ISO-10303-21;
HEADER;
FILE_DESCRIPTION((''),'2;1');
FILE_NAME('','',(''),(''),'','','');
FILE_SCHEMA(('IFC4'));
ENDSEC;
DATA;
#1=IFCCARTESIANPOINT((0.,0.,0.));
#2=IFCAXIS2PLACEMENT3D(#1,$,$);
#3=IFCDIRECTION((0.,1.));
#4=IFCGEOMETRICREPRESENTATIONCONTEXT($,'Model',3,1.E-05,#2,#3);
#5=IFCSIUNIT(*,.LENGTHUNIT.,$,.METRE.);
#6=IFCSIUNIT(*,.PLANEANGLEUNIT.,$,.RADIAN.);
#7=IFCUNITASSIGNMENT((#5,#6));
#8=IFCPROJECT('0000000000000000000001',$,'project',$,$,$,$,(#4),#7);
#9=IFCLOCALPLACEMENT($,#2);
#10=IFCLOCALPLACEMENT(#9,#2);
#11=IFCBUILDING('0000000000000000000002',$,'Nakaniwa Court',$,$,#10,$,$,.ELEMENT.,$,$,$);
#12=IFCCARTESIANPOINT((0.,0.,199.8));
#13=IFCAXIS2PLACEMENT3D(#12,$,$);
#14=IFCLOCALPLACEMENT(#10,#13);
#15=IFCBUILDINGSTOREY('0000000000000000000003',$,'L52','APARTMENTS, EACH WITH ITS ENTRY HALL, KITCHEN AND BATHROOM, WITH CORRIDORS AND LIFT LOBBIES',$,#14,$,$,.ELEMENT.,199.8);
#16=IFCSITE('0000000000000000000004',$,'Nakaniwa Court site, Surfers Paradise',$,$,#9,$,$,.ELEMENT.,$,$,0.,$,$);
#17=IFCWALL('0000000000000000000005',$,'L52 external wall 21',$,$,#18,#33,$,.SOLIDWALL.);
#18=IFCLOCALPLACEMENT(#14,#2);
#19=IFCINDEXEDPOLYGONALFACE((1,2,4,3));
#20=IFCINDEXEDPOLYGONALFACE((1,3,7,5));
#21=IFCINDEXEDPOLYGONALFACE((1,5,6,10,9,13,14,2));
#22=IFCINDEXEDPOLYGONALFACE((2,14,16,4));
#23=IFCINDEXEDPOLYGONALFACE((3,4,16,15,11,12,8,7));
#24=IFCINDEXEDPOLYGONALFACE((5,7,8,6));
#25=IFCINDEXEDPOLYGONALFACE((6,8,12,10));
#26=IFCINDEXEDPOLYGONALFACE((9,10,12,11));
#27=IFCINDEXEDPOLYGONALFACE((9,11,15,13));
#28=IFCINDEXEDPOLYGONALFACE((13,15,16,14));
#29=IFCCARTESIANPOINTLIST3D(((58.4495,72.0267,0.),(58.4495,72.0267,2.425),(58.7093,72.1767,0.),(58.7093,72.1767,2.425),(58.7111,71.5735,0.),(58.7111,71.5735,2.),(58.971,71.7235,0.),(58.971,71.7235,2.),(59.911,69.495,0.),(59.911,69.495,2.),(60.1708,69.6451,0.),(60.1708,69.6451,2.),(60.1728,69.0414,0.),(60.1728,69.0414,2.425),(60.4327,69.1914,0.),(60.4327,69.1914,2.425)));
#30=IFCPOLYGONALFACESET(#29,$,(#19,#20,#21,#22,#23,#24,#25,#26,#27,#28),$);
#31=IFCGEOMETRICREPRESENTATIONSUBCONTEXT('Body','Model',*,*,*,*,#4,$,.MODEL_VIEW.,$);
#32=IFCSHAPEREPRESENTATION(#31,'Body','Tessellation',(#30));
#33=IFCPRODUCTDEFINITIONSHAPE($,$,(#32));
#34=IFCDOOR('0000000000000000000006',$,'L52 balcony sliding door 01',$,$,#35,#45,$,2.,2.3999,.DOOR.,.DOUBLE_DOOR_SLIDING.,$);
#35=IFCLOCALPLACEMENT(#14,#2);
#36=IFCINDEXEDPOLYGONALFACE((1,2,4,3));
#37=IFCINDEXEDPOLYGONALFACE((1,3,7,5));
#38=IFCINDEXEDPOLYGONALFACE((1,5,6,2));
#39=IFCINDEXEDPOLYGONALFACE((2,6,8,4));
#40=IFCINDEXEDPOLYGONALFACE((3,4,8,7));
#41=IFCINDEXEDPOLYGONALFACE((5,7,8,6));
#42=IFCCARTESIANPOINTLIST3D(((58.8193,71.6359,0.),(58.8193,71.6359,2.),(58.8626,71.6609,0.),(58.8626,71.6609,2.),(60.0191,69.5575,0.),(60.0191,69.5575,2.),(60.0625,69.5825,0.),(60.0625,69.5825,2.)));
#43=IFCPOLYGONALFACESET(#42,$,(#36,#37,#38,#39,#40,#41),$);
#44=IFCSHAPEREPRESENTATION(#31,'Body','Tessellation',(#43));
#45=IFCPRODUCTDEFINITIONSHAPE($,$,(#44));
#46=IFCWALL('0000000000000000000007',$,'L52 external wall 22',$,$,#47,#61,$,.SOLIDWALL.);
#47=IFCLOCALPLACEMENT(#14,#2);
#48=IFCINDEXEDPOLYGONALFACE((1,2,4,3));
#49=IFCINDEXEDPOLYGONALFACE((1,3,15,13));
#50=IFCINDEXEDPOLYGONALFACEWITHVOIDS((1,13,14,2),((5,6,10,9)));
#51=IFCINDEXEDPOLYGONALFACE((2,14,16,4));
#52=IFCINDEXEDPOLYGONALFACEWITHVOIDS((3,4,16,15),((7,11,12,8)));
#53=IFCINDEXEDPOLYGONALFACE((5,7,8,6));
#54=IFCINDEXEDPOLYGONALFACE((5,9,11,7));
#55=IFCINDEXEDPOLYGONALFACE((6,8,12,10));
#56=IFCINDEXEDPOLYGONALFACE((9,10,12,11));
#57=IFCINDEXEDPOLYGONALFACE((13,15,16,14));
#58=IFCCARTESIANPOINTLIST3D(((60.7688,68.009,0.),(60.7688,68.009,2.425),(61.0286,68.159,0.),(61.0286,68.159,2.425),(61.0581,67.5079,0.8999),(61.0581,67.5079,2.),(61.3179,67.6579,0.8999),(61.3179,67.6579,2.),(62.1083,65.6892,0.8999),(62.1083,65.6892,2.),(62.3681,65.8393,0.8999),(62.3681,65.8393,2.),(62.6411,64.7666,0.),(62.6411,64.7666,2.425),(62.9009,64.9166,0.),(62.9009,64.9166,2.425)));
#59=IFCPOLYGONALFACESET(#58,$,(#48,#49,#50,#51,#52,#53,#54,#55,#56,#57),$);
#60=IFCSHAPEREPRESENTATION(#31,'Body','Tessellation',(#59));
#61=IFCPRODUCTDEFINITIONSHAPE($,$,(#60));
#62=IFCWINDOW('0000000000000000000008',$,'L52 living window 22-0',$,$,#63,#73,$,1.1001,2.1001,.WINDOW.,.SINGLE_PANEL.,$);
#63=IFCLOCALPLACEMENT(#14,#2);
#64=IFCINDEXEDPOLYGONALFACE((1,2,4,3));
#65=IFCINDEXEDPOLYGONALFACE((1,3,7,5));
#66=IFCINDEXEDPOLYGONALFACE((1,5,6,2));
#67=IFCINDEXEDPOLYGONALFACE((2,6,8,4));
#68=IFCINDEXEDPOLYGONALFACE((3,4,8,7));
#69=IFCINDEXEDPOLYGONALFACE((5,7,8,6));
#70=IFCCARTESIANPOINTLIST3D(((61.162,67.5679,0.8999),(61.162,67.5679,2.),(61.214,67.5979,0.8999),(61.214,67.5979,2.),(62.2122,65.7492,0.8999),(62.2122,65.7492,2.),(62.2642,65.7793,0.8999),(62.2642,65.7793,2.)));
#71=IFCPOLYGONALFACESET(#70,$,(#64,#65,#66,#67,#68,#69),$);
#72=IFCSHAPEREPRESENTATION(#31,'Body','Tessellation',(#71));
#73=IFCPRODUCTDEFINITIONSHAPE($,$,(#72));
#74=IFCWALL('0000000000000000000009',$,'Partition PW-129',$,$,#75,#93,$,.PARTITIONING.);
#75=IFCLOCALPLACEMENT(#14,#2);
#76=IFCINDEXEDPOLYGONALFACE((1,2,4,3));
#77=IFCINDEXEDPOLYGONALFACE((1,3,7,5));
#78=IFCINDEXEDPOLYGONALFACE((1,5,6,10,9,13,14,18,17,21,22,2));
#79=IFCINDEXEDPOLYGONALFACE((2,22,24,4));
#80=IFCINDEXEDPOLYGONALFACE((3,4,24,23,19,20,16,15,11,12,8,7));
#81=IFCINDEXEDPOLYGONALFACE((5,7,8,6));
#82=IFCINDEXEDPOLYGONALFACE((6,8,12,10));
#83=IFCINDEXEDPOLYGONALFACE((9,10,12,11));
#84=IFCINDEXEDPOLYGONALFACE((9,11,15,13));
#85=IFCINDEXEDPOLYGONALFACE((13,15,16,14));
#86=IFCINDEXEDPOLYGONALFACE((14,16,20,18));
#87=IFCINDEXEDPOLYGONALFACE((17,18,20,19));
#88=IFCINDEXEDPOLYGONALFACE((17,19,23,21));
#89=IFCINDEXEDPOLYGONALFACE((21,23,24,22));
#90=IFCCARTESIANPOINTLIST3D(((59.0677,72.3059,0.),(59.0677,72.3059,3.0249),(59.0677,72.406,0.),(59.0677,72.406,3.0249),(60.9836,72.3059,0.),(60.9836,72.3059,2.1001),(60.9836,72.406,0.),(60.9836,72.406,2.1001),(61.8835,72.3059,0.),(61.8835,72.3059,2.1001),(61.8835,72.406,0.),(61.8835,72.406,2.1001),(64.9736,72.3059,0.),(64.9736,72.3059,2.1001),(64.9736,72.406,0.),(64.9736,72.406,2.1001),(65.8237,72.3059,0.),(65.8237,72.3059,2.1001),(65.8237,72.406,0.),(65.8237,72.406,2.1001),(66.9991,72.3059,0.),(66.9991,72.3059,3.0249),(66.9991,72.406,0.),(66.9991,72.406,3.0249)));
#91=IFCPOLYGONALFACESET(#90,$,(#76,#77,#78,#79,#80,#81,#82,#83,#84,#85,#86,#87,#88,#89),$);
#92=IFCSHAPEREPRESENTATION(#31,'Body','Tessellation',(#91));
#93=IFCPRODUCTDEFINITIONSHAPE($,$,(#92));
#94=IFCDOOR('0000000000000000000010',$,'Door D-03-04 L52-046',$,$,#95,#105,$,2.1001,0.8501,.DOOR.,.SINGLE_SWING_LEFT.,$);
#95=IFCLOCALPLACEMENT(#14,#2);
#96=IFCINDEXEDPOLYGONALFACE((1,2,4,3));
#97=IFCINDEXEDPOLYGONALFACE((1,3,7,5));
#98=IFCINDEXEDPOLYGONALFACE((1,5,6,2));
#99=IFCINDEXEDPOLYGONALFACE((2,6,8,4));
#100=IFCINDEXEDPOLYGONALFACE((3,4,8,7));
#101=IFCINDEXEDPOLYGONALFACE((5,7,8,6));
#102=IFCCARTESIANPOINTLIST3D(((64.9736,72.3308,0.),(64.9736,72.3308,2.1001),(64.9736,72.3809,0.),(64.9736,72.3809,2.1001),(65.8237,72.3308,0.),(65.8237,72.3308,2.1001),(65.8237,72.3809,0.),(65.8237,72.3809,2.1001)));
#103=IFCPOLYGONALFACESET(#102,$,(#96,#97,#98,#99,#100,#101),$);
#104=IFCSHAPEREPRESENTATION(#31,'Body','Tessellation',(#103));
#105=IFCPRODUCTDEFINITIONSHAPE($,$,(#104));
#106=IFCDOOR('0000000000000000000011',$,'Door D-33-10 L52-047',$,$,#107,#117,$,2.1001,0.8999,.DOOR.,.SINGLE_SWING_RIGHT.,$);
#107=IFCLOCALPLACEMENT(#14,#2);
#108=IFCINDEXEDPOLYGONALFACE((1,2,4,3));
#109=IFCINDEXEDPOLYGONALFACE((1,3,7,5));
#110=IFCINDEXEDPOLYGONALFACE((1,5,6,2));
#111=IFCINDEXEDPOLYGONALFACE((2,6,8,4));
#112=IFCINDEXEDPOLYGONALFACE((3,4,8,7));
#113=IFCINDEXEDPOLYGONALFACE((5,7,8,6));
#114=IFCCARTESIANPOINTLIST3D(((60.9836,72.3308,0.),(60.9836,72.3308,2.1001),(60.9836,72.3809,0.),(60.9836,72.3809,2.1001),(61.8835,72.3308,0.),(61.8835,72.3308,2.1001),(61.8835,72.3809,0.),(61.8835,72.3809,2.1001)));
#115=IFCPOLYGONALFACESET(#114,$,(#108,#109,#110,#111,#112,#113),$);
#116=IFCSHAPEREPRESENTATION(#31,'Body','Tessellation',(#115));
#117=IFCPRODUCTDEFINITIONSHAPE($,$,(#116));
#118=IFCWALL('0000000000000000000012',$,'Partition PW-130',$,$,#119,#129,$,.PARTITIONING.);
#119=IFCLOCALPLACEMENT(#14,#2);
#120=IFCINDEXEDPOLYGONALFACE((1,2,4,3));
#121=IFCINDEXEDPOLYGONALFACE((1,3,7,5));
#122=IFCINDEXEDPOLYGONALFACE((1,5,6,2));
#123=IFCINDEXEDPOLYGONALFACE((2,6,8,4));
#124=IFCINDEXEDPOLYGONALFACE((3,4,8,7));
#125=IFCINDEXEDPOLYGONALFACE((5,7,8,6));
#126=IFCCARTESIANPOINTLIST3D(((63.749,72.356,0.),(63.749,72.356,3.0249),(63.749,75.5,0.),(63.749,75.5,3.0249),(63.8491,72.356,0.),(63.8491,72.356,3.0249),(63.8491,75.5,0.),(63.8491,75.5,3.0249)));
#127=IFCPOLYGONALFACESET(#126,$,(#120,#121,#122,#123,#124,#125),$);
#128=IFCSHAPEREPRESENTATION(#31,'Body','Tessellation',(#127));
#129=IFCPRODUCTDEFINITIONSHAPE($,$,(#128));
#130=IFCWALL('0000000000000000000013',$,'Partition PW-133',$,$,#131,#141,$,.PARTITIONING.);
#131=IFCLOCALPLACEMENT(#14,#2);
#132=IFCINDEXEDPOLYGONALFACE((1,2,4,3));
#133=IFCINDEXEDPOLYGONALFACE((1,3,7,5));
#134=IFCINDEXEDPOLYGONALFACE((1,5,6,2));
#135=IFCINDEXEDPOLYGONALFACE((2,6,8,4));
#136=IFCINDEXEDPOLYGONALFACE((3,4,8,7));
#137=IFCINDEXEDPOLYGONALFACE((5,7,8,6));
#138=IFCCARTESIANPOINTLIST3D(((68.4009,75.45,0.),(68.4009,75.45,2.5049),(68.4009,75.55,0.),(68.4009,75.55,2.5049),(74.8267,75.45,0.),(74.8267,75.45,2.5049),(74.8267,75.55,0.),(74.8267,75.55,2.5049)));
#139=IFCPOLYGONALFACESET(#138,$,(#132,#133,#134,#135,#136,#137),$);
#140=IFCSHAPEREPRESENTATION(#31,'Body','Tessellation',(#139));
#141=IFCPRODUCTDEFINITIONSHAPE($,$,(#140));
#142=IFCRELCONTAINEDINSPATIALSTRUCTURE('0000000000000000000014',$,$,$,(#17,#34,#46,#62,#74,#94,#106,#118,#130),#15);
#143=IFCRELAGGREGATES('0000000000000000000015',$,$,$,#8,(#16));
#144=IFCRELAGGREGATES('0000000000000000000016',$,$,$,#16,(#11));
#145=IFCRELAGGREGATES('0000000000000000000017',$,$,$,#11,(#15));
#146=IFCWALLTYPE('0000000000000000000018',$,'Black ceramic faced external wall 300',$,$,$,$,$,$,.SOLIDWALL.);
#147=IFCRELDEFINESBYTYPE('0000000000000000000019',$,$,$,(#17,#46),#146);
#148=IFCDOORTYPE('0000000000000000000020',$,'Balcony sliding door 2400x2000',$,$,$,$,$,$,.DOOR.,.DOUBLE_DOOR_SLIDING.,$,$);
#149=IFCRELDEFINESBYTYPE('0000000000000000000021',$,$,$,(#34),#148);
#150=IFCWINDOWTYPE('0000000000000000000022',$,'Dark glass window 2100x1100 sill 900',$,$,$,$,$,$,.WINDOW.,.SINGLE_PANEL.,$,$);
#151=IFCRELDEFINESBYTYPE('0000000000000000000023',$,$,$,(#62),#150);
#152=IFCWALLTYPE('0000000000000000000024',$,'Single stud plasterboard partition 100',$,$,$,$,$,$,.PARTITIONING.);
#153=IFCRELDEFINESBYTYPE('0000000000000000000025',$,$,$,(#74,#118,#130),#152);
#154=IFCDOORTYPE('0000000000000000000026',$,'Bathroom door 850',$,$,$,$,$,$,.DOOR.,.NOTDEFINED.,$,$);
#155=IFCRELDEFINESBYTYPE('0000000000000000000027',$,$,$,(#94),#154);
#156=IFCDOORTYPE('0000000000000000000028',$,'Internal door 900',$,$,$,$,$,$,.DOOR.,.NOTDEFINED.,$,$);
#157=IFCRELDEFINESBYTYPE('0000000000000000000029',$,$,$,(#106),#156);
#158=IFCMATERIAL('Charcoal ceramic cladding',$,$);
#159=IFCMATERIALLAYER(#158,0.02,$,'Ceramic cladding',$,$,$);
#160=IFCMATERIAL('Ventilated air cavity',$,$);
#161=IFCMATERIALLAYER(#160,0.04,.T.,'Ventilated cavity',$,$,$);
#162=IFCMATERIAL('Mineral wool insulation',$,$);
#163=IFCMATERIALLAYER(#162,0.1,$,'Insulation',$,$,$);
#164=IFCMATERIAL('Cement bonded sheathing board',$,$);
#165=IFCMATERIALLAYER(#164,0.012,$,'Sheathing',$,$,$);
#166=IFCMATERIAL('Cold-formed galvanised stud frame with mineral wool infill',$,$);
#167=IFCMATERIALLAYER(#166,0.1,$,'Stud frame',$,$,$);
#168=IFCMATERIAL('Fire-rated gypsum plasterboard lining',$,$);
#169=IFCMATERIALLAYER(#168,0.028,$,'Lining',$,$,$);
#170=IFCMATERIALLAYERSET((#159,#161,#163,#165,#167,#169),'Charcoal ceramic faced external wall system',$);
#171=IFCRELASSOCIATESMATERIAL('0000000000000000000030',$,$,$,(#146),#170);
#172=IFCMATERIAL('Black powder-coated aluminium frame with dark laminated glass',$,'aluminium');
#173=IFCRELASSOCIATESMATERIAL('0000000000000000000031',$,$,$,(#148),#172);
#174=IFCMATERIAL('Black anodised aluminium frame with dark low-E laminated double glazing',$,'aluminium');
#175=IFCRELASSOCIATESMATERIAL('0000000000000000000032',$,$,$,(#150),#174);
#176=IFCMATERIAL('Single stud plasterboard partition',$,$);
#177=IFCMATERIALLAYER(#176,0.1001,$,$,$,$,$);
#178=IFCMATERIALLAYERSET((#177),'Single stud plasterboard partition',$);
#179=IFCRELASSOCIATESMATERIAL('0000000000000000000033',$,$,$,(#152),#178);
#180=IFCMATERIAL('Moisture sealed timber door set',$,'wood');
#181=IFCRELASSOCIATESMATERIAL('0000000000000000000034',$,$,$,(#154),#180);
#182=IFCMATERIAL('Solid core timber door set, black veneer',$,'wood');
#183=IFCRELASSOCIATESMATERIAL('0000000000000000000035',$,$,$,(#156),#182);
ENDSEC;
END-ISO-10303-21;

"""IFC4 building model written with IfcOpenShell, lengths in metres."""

from ifc_helpers import new_model, si_unit, direction, frame, frame_2d, origin, place, context, subcontext, project, spatial, rectangle, extrude, material, layer, layer_set, type_object, element, fill, save


model = new_model("IFC4")

# Units and contexts
model_context = context("Model", 3, precision=1e-05, world=origin(), true_north=direction((0.0, 1.0)))
body_context = subcontext(model_context, "Body", "Model", "MODEL_VIEW")
ifc_project = project(units=[si_unit("LENGTHUNIT", "METRE"), si_unit("PLANEANGLEUNIT", "RADIAN")], contexts=[model_context])

# Site, building, storey
site_placement = place(None, origin())
site = spatial("IfcSite", under=ifc_project, at=site_placement, Name="Nakaniwa Court site, Surfers Paradise", CompositionType="ELEMENT", RefElevation=0.0)
building_placement = place(site_placement, origin())
building = spatial("IfcBuilding", under=site, at=building_placement, Name="Nakaniwa Court", CompositionType="ELEMENT")
storey_placement = place(building_placement, frame((0.0, 0.0, 199.8)))
storey = spatial("IfcBuildingStorey", under=building, at=storey_placement, Name="L52", Description="APARTMENTS, EACH WITH ITS ENTRY HALL, KITCHEN AND BATHROOM, WITH CORRIDORS AND LIFT LOBBIES", CompositionType="ELEMENT", Elevation=199.8)

# Shared definitions
ifc_material_1 = material(Name="Solid core timber door set, black veneer", Category="wood")

# Wall, opening, door
ifc_material_2 = material(Name="Charcoal ceramic cladding")
ifc_layer_1 = layer(ifc_material_2, 0.02, Name="Ceramic cladding")
ifc_material_3 = material(Name="Ventilated air cavity")
ifc_layer_2 = layer(ifc_material_3, 0.04, ventilated=True, Name="Ventilated cavity")
ifc_material_4 = material(Name="Mineral wool insulation")
ifc_layer_3 = layer(ifc_material_4, 0.1, Name="Insulation")
ifc_material_5 = material(Name="Cement bonded sheathing board")
ifc_layer_4 = layer(ifc_material_5, 0.012, Name="Sheathing")
ifc_material_6 = material(Name="Cold-formed galvanised stud frame with mineral wool infill")
ifc_layer_5 = layer(ifc_material_6, 0.1, Name="Stud frame")
ifc_material_7 = material(Name="Fire-rated gypsum plasterboard lining")
ifc_layer_6 = layer(ifc_material_7, 0.028, Name="Lining")
ifc_layer_set_1 = layer_set([ifc_layer_1, ifc_layer_2, ifc_layer_3, ifc_layer_4, ifc_layer_5, ifc_layer_6], Name="Charcoal ceramic faced external wall system")
wall_type_1 = type_object("IfcWallType", Name="Black ceramic faced external wall 300", PredefinedType="SOLIDWALL", material=ifc_layer_set_1)
wall_1_placement = place(storey_placement, frame((58.5793, 72.1018, 0.0), z_axis=(0.0, 0.0, 1.0), x_axis=(0.499955, -0.866051, 0.0)))
wall_1 = element("IfcWall", 1, at=wall_1_placement, inside=storey, type_object=wall_type_1, Name="L52 external wall 21", PredefinedType="SOLIDWALL", context=body_context, shape_type="SweptSolid", body=[
    extrude(rectangle(XDim=3.447, YDim=0.3, at=frame_2d((1.7236, 0.0))), origin(), (0.0, 0.0, 1.0), 2.425),
])
opening_1_placement = place(wall_1_placement, frame((0.5234, 0.0, 0.0)))
opening_1 = element("IfcOpeningElement", 2, at=opening_1_placement, cuts=wall_1, PredefinedType="OPENING", context=body_context, shape_type="SweptSolid", body=[
    extrude(rectangle(XDim=2.3999, YDim=2.0, at=frame_2d((1.2, 1.0))), frame((0.0, 0.1599, 0.0), z_axis=(0.0, -1.0, 0.0), x_axis=(1.0, 0.0, 0.0)), (0.0, 0.0, 1.0), 0.3201),
])
ifc_material_8 = material(Name="Black powder-coated aluminium frame with dark laminated glass", Category="aluminium")
door_type_1 = type_object("IfcDoorType", Name="Balcony sliding door 2400x2000", OperationType="DOUBLE_DOOR_SLIDING", PredefinedType="DOOR", material=ifc_material_8)
door_1_placement = place(opening_1_placement, origin())
door_1 = element("IfcDoor", 3, at=door_1_placement, inside=storey, type_object=door_type_1, Name="L52 balcony sliding door 01", OperationType="DOUBLE_DOOR_SLIDING", OverallHeight=2.0, OverallWidth=2.3999, PredefinedType="DOOR", context=body_context, shape_type="SweptSolid", body=[
    extrude(rectangle(XDim=2.3999, YDim=2.0, at=frame_2d((1.2, 1.0))), frame((0.0, 0.0249, 0.0), z_axis=(0.0, -1.0, 0.0), x_axis=(1.0, 0.0, 0.0)), (0.0, 0.0, 1.0), 0.05),
])
fill(opening_1, door_1)

# Wall, opening, window
wall_2_placement = place(storey_placement, frame((60.8987, 68.084, 0.0), z_axis=(0.0, 0.0, 1.0), x_axis=(0.500059, -0.865991, 0.0)))
wall_2 = element("IfcWall", 4, at=wall_2_placement, inside=storey, type_object=wall_type_1, Name="L52 external wall 22", PredefinedType="SOLIDWALL", context=body_context, shape_type="SweptSolid", body=[
    extrude(rectangle(XDim=3.7441, YDim=0.3, at=frame_2d((1.8721, 0.0))), origin(), (0.0, 0.0, 1.0), 2.425),
])
opening_2_placement = place(wall_2_placement, frame((0.5786, 0.0, 0.8999)))
opening_2 = element("IfcOpeningElement", 5, at=opening_2_placement, cuts=wall_2, PredefinedType="OPENING", context=body_context, shape_type="SweptSolid", body=[
    extrude(rectangle(XDim=2.1001, YDim=1.1001, at=frame_2d((1.05, 0.55))), frame((0.0, 0.1599, 0.0), z_axis=(0.0, -1.0, 0.0), x_axis=(1.0, 0.0, 0.0)), (0.0, 0.0, 1.0), 0.3201),
])
ifc_material_9 = material(Name="Black anodised aluminium frame with dark low-E laminated double glazing", Category="aluminium")
window_type = type_object("IfcWindowType", Name="Dark glass window 2100x1100 sill 900", PartitioningType="SINGLE_PANEL", PredefinedType="WINDOW", material=ifc_material_9)
window_placement = place(opening_2_placement, origin())
window = element("IfcWindow", 6, at=window_placement, inside=storey, type_object=window_type, Name="L52 living window 22-0", OverallHeight=1.1001, OverallWidth=2.1001, PartitioningType="SINGLE_PANEL", PredefinedType="WINDOW", context=body_context, shape_type="SweptSolid", body=[
    extrude(rectangle(XDim=2.1001, YDim=1.1001, at=frame_2d((1.05, 0.55))), frame((0.0, 0.03, 0.0), z_axis=(0.0, -1.0, 0.0), x_axis=(1.0, 0.0, 0.0)), (0.0, 0.0, 1.0), 0.0601),
])
fill(opening_2, window)

# Wall, openings, doors
ifc_material_10 = material(Name="Single stud plasterboard partition")
ifc_layer_7 = layer(ifc_material_10, 0.1001)
ifc_layer_set_2 = layer_set([ifc_layer_7], Name="Single stud plasterboard partition")
wall_type_2 = type_object("IfcWallType", Name="Single stud plasterboard partition 100", PredefinedType="PARTITIONING", material=ifc_layer_set_2)
wall_3_placement = place(storey_placement, frame((59.0676, 72.356, 0.0), z_axis=(0.0, 0.0, 1.0), x_axis=(1.0, 0.0, 0.0)))
wall_3 = element("IfcWall", 7, at=wall_3_placement, inside=storey, type_object=wall_type_2, Name="Partition PW-129", PredefinedType="PARTITIONING", context=body_context, shape_type="SweptSolid", body=[
    extrude(rectangle(XDim=7.9314, YDim=0.1001, at=frame_2d((3.9658, 0.0))), origin(), (0.0, 0.0, 1.0), 3.0249),
])
opening_3_placement = place(wall_3_placement, frame((5.906, 0.0, 0.0)))
opening_3 = element("IfcOpeningElement", 8, at=opening_3_placement, cuts=wall_3, PredefinedType="OPENING", context=body_context, shape_type="SweptSolid", body=[
    extrude(rectangle(XDim=0.8501, YDim=2.1001, at=frame_2d((0.425, 1.05))), frame((0.0, 0.0601, 0.0), z_axis=(0.0, -1.0, 0.0), x_axis=(1.0, 0.0, 0.0)), (0.0, 0.0, 1.0), 0.1201),
])
opening_4_placement = place(wall_3_placement, frame((1.916, 0.0, 0.0)))
opening_4 = element("IfcOpeningElement", 9, at=opening_4_placement, cuts=wall_3, PredefinedType="OPENING", context=body_context, shape_type="SweptSolid", body=[
    extrude(rectangle(XDim=0.8999, YDim=2.1001, at=frame_2d((0.45, 1.05))), frame((0.0, 0.0601, 0.0), z_axis=(0.0, -1.0, 0.0), x_axis=(1.0, 0.0, 0.0)), (0.0, 0.0, 1.0), 0.1201),
])
ifc_material_11 = material(Name="Moisture sealed timber door set", Category="wood")
door_type_2 = type_object("IfcDoorType", Name="Bathroom door 850", OperationType="NOTDEFINED", PredefinedType="DOOR", material=ifc_material_11)
door_2_placement = place(opening_3_placement, origin())
door_2 = element("IfcDoor", 10, at=door_2_placement, inside=storey, type_object=door_type_2, Name="Door D-03-04 L52-046", OperationType="SINGLE_SWING_LEFT", OverallHeight=2.1001, OverallWidth=0.8501, PredefinedType="DOOR", context=body_context, shape_type="SweptSolid", body=[
    extrude(rectangle(XDim=0.8501, YDim=2.1001, at=frame_2d((0.425, 1.05))), frame((0.0, 0.0249, 0.0), z_axis=(0.0, -1.0, 0.0), x_axis=(1.0, 0.0, 0.0)), (0.0, 0.0, 1.0), 0.05),
])
fill(opening_3, door_2)
door_type_3 = type_object("IfcDoorType", Name="Internal door 900", OperationType="NOTDEFINED", PredefinedType="DOOR", material=ifc_material_1)
door_3_placement = place(opening_4_placement, origin())
door_3 = element("IfcDoor", 11, at=door_3_placement, inside=storey, type_object=door_type_3, Name="Door D-33-10 L52-047", OperationType="SINGLE_SWING_RIGHT", OverallHeight=2.1001, OverallWidth=0.8999, PredefinedType="DOOR", context=body_context, shape_type="SweptSolid", body=[
    extrude(rectangle(XDim=0.8999, YDim=2.1001, at=frame_2d((0.45, 1.05))), frame((0.0, 0.0249, 0.0), z_axis=(0.0, -1.0, 0.0), x_axis=(1.0, 0.0, 0.0)), (0.0, 0.0, 1.0), 0.05),
])
fill(opening_4, door_3)

# Walls
wall_4_placement = place(storey_placement, frame((63.7991, 72.356, 0.0), z_axis=(0.0, 0.0, 1.0), x_axis=(0.0, 1.0, 0.0)))
element("IfcWall", 12, at=wall_4_placement, inside=storey, type_object=wall_type_2, Name="Partition PW-130", PredefinedType="PARTITIONING", context=body_context, shape_type="SweptSolid", body=[
    extrude(rectangle(XDim=3.144, YDim=0.1001, at=frame_2d((1.572, 0.0))), origin(), (0.0, 0.0, 1.0), 3.0249),
])
wall_5_placement = place(storey_placement, frame((68.4009, 75.5, 0.0), z_axis=(0.0, 0.0, 1.0), x_axis=(1.0, 0.0, 0.0)))
element("IfcWall", 13, at=wall_5_placement, inside=storey, type_object=wall_type_2, Name="Partition PW-133", PredefinedType="PARTITIONING", context=body_context, shape_type="SweptSolid", body=[
    extrude(rectangle(XDim=6.4258, YDim=0.1001, at=frame_2d((3.2129, 0.0))), origin(), (0.0, 0.0, 1.0), 2.5049),
])

save(model, "model.ifc")
